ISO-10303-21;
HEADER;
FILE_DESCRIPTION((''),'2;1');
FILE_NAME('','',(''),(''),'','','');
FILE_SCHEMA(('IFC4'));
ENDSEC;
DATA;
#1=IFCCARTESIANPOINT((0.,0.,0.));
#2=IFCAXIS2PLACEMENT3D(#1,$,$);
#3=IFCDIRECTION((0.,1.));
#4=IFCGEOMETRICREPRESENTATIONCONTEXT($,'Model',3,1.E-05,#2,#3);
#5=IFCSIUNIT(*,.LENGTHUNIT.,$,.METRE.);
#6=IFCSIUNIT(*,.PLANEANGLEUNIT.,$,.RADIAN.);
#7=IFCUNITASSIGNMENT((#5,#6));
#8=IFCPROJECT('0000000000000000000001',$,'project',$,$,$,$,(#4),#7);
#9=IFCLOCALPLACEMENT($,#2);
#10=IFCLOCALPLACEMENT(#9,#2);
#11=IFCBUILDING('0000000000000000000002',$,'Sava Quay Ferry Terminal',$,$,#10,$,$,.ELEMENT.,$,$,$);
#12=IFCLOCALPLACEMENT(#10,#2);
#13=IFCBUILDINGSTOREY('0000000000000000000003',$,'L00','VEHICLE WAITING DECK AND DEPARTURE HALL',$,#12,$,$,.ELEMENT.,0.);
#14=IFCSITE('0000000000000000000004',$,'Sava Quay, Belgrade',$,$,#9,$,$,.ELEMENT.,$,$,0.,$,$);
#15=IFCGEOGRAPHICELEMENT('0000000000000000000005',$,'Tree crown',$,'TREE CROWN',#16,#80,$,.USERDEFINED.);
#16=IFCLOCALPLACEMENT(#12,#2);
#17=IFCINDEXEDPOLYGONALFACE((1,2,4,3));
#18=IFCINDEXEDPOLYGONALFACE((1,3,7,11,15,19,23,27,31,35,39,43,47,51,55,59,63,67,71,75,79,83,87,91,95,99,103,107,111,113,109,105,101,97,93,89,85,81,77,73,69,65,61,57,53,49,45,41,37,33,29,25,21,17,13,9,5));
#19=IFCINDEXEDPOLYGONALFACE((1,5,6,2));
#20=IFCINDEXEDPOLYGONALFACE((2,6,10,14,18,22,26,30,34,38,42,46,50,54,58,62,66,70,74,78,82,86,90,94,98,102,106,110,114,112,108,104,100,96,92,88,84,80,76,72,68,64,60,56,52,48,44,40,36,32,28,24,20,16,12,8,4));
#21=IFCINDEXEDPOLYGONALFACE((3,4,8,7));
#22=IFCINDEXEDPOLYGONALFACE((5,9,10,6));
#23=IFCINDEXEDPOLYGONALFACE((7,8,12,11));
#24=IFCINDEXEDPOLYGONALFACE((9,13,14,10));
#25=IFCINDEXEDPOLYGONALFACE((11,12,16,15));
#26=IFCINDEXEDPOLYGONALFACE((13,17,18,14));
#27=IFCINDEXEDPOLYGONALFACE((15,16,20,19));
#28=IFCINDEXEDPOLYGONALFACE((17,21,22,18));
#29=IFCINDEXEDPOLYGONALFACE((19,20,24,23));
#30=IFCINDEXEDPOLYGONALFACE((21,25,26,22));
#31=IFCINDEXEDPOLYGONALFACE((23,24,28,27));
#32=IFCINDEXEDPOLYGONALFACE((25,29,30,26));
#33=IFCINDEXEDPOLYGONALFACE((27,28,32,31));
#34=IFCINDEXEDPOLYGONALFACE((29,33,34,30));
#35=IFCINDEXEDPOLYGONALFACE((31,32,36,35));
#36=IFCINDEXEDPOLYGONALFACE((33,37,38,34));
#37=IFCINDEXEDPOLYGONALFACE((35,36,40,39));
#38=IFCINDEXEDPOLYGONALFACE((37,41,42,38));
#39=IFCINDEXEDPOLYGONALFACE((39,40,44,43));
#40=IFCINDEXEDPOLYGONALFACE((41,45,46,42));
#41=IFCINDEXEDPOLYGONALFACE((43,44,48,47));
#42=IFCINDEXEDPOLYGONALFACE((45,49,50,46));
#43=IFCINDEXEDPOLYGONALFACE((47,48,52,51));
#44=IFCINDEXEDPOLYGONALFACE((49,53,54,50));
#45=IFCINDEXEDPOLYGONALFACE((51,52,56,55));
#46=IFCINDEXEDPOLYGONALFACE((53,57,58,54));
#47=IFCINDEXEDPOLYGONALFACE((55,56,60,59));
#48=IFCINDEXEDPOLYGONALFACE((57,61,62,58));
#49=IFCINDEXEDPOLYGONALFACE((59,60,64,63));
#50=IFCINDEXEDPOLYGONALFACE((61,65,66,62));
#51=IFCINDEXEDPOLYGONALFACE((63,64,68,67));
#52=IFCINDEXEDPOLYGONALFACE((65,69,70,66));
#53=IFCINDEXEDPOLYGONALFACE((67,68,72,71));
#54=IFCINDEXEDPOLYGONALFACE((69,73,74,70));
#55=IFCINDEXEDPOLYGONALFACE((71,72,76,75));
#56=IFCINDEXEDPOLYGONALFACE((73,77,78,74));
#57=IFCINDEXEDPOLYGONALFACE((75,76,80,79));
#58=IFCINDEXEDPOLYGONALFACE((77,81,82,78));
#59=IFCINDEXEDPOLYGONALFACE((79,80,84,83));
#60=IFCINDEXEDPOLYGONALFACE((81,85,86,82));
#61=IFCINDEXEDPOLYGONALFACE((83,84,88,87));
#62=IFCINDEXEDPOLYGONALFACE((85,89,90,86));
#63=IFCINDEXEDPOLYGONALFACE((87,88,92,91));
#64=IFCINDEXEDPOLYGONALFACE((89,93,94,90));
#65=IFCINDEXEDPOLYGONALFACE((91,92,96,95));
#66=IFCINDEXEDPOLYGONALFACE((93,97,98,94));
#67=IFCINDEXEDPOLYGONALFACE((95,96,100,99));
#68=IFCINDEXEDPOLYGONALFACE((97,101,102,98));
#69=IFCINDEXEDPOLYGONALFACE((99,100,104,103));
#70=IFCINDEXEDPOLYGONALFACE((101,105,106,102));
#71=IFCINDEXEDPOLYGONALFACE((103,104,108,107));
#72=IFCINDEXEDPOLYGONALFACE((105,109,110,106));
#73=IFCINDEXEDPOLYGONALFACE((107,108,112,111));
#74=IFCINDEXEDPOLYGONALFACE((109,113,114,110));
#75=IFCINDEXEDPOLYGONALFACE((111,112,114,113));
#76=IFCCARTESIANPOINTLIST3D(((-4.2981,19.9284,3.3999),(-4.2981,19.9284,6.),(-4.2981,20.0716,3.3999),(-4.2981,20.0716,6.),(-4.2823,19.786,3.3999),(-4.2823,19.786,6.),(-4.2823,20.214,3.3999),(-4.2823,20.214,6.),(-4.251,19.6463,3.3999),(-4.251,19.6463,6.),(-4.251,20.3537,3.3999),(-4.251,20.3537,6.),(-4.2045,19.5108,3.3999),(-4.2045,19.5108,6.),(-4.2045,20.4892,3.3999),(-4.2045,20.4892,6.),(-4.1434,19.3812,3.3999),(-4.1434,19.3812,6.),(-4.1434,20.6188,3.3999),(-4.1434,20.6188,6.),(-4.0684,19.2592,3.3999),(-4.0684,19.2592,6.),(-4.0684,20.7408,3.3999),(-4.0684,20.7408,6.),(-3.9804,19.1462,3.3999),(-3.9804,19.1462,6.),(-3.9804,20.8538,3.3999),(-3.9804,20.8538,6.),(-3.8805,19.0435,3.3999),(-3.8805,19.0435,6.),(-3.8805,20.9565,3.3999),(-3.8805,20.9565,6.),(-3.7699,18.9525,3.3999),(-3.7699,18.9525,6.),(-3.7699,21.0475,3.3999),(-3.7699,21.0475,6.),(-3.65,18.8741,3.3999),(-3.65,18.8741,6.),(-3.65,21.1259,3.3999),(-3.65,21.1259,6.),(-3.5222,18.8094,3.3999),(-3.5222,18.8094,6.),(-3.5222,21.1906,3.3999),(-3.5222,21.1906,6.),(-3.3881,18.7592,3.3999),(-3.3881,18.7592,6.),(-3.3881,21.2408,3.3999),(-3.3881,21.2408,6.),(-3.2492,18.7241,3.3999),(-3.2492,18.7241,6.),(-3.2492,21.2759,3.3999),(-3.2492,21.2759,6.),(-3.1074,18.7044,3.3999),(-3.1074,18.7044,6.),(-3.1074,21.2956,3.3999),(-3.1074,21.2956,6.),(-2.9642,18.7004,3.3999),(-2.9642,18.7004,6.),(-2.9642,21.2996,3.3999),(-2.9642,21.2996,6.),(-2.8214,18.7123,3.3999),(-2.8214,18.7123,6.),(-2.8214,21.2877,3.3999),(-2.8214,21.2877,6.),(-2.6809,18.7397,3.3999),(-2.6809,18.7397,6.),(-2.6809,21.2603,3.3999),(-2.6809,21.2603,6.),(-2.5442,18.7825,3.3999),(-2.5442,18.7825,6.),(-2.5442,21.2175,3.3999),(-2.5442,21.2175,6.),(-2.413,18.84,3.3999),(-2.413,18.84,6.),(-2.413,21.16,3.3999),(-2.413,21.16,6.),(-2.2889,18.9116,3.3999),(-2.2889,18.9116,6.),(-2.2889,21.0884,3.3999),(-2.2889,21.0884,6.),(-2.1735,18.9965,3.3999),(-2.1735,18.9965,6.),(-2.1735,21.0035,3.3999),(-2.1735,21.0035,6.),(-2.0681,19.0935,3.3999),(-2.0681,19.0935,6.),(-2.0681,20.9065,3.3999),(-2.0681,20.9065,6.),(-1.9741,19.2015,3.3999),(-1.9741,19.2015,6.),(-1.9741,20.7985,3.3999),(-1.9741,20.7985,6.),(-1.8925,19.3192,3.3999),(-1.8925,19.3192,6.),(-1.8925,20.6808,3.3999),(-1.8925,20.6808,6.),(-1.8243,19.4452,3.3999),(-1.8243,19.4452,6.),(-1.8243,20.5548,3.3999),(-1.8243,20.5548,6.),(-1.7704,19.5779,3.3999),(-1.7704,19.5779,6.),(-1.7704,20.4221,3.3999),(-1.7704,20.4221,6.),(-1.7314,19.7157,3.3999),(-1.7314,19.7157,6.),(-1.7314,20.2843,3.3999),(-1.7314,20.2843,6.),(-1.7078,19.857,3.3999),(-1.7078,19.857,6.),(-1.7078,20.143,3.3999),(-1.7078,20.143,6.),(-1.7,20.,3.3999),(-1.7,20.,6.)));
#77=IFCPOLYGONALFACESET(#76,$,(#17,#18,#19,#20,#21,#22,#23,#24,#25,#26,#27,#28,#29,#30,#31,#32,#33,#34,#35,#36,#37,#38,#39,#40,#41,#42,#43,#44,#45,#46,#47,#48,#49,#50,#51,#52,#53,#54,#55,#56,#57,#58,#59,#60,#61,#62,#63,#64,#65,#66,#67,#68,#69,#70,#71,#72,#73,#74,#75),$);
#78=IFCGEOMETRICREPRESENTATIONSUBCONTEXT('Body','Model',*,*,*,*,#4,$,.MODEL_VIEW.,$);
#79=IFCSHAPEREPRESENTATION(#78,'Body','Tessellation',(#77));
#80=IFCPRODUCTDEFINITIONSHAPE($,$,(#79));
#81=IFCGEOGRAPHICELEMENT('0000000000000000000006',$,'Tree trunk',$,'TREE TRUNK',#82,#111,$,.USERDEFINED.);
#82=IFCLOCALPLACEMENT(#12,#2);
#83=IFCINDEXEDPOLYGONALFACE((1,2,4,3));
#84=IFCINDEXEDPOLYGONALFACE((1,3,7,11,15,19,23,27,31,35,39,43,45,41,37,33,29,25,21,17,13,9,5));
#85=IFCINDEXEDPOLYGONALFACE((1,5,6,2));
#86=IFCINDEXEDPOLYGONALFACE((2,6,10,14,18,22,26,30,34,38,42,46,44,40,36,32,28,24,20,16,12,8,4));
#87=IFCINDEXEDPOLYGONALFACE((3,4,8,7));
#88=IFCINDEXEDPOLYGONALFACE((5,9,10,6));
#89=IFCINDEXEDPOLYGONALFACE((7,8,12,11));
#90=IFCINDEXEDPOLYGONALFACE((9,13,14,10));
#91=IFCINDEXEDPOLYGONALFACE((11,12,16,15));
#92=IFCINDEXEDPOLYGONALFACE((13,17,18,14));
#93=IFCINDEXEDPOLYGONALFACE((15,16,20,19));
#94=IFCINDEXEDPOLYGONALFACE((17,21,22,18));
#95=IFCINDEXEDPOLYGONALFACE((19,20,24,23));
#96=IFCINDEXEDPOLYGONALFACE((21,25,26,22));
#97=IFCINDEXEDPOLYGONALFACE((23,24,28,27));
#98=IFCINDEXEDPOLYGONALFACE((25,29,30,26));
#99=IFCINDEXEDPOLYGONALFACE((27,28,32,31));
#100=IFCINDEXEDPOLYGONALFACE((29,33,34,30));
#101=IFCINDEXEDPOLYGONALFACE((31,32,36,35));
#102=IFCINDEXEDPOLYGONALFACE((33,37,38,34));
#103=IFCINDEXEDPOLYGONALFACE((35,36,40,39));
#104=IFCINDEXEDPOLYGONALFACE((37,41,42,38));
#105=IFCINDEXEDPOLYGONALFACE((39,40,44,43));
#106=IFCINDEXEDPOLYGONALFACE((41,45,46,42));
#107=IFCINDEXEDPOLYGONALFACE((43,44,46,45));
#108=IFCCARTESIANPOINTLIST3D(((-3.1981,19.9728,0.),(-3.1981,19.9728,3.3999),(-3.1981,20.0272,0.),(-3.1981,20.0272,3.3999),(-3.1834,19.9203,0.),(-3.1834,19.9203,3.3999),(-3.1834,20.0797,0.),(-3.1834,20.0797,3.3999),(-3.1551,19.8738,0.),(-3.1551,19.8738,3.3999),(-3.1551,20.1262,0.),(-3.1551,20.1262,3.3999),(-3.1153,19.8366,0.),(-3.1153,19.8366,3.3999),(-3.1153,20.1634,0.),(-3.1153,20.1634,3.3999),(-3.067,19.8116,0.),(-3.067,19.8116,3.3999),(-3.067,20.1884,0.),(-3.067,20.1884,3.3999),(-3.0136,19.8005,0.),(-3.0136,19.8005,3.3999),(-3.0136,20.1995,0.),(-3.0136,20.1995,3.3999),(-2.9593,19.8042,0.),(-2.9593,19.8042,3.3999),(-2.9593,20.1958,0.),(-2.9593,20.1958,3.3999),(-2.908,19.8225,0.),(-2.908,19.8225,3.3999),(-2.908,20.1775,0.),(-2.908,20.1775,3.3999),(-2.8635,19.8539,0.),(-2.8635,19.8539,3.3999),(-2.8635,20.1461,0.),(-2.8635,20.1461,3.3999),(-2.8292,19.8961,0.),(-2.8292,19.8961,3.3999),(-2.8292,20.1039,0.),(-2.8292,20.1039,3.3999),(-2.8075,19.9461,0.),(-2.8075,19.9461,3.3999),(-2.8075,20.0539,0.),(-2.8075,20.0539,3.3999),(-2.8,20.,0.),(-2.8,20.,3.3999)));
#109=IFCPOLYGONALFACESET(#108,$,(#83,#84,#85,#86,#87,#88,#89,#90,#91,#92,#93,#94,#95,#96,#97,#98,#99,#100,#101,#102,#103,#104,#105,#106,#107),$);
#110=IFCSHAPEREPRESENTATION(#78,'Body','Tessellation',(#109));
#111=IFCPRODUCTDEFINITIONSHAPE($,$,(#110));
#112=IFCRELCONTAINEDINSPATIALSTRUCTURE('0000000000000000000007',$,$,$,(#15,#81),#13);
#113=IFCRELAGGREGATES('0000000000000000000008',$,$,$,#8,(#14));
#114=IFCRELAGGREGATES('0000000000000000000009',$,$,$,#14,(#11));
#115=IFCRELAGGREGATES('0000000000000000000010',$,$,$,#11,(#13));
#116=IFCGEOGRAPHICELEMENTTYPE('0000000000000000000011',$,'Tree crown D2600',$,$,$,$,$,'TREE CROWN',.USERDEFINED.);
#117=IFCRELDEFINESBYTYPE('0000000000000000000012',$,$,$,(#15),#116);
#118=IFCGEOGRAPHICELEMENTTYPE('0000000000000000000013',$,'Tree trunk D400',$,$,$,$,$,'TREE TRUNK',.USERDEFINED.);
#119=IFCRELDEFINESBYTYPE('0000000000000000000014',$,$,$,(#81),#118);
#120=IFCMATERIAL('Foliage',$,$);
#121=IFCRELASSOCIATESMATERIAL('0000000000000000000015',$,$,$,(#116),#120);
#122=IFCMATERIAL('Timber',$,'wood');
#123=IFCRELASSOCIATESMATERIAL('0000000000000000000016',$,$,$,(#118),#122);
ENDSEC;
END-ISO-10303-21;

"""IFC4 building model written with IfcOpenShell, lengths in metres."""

from ifc_helpers import new_model, si_unit, direction, frame, origin, origin_2d, place, context, subcontext, project, spatial, circle, extrude, material, type_object, element, save


model = new_model("IFC4")

# Units and contexts
model_context = context("Model", 3, precision=1e-05, world=origin(), true_north=direction((0.0, 1.0)))
body_context = subcontext(model_context, "Body", "Model", "MODEL_VIEW")
ifc_project = project(units=[si_unit("LENGTHUNIT", "METRE"), si_unit("PLANEANGLEUNIT", "RADIAN")], contexts=[model_context])

# Site, building, storey
site_placement = place(None, origin())
site = spatial("IfcSite", under=ifc_project, at=site_placement, Name="Sava Quay, Belgrade", CompositionType="ELEMENT", RefElevation=0.0)
building_placement = place(site_placement, origin())
building = spatial("IfcBuilding", under=site, at=building_placement, Name="Sava Quay Ferry Terminal", CompositionType="ELEMENT")
storey_placement = place(building_placement, origin())
storey = spatial("IfcBuildingStorey", under=building, at=storey_placement, Name="L00", Description="VEHICLE WAITING DECK AND DEPARTURE HALL", CompositionType="ELEMENT", Elevation=0.0)

# Geographic elements
ifc_material_1 = material(Name="Foliage")
geographic_element_type_1 = type_object("IfcGeographicElementType", Name="Tree crown D2600", ElementType="TREE CROWN", PredefinedType="USERDEFINED", material=ifc_material_1)
geographic_element_1_placement = place(storey_placement, frame((-3.0, 20.0, 6.0), z_axis=(0.0, 0.0, -1.0), x_axis=(1.0, 0.0, 0.0)))
element("IfcGeographicElement", 1, at=geographic_element_1_placement, inside=storey, type_object=geographic_element_type_1, Name="Tree crown", ObjectType="TREE CROWN", PredefinedType="USERDEFINED", context=body_context, shape_type="SweptSolid", body=[
    extrude(circle(Radius=1.3, at=origin_2d()), origin(), (0.0, 0.0, 1.0), 2.6001),
])
ifc_material_2 = material(Name="Timber", Category="wood")
geographic_element_type_2 = type_object("IfcGeographicElementType", Name="Tree trunk D400", ElementType="TREE TRUNK", PredefinedType="USERDEFINED", material=ifc_material_2)
geographic_element_2_placement = place(storey_placement, frame((-3.0, 20.0, 3.3999), z_axis=(0.0, 0.0, -1.0), x_axis=(1.0, 0.0, 0.0)))
element("IfcGeographicElement", 2, at=geographic_element_2_placement, inside=storey, type_object=geographic_element_type_2, Name="Tree trunk", ObjectType="TREE TRUNK", PredefinedType="USERDEFINED", context=body_context, shape_type="SweptSolid", body=[
    extrude(circle(Radius=0.2, at=origin_2d()), origin(), (0.0, 0.0, 1.0), 3.3999),
])

save(model, "model.ifc")
